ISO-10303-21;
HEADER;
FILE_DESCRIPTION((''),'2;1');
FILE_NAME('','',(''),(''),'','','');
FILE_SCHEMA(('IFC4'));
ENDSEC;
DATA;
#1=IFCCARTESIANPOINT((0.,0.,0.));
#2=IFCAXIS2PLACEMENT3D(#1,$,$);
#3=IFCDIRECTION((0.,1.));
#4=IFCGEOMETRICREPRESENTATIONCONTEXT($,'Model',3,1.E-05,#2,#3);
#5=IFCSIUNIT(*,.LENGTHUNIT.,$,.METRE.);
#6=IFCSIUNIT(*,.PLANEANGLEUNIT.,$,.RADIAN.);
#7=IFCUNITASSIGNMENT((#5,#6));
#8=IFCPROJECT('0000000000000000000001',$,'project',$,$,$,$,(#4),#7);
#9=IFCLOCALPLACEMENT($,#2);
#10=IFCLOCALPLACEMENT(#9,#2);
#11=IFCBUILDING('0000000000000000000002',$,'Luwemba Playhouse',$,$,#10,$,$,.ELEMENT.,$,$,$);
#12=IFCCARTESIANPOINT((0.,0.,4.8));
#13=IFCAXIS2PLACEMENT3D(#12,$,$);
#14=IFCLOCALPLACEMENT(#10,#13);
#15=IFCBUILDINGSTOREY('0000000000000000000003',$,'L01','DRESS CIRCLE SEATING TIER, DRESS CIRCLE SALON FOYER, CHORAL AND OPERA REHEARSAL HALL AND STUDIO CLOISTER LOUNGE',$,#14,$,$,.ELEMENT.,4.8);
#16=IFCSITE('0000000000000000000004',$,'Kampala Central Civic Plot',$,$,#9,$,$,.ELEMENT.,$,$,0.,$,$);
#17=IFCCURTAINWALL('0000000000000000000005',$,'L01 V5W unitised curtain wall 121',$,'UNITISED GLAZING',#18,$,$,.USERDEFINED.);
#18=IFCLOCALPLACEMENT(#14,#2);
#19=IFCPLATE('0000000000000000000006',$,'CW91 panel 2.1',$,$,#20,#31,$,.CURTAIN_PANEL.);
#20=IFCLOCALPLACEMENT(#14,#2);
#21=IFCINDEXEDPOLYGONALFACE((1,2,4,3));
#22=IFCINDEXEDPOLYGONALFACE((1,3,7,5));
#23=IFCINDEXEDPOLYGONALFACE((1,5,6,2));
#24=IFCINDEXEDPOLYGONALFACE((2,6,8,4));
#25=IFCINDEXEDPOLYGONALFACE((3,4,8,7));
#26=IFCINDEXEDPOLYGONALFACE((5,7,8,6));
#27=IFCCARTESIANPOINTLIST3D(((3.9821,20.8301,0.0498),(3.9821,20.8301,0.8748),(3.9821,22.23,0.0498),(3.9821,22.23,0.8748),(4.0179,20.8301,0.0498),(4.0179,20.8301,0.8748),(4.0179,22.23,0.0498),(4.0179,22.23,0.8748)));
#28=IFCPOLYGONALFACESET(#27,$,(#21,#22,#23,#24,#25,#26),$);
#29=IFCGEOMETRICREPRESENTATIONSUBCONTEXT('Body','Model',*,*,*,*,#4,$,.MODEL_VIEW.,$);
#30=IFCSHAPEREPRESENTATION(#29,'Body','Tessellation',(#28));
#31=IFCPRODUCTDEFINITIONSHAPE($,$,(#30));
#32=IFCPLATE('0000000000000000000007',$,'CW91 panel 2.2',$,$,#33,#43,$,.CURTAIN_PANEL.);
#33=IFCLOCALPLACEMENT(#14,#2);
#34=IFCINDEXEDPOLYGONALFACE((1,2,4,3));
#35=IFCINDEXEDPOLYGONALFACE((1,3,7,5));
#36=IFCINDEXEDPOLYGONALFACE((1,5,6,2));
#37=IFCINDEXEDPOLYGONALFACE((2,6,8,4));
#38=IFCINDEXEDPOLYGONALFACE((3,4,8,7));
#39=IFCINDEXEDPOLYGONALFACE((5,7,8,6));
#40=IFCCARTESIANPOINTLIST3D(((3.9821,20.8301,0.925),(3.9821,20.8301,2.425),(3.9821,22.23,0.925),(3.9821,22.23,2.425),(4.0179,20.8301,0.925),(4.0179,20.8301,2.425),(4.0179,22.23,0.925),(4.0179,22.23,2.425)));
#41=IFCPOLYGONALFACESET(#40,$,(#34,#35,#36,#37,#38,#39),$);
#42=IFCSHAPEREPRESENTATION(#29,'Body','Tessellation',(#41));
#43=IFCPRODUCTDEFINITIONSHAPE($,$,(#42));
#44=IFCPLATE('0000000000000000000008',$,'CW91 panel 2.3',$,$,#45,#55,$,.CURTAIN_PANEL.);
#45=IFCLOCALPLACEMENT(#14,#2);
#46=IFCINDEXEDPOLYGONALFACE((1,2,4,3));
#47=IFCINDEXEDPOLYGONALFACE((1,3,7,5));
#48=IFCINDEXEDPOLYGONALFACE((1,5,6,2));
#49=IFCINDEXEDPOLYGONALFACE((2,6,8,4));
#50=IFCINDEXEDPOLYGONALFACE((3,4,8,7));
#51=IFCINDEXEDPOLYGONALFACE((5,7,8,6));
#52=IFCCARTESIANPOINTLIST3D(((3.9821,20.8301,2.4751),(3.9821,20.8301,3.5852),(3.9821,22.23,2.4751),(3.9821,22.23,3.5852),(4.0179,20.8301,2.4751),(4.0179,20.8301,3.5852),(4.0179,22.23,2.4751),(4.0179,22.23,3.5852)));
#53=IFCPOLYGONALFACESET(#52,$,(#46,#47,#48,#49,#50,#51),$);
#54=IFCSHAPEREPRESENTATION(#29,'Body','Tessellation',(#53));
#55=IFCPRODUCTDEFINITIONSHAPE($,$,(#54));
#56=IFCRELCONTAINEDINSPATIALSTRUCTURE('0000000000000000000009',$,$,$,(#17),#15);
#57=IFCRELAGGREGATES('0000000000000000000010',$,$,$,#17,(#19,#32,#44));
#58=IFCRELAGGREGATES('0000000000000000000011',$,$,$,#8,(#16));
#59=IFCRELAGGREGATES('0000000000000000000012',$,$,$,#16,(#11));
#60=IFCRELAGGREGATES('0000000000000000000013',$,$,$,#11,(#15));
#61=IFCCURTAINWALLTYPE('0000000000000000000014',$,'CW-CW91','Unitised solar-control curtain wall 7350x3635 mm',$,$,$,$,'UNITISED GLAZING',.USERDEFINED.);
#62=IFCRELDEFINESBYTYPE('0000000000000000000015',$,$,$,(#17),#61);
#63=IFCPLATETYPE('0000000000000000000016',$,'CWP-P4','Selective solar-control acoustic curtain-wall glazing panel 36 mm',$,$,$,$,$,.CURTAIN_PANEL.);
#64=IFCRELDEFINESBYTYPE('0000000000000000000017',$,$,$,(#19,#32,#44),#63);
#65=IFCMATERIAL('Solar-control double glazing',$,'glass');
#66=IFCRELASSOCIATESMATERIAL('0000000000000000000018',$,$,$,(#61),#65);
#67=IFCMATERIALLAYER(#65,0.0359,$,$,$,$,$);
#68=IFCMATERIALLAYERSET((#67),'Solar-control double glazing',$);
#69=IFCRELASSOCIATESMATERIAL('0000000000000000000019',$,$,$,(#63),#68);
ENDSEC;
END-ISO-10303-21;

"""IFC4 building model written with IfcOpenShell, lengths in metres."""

from ifc_helpers import new_model, si_unit, direction, frame, origin, origin_2d, place, context, subcontext, project, spatial, rectangle, extrude, material, layer, layer_set, type_object, element, aggregate, save


model = new_model("IFC4")

# Units and contexts
model_context = context("Model", 3, precision=1e-05, world=origin(), true_north=direction((0.0, 1.0)))
body_context = subcontext(model_context, "Body", "Model", "MODEL_VIEW")
ifc_project = project(units=[si_unit("LENGTHUNIT", "METRE"), si_unit("PLANEANGLEUNIT", "RADIAN")], contexts=[model_context])

# Site, building, storey
site_placement = place(None, origin())
site = spatial("IfcSite", under=ifc_project, at=site_placement, Name="Kampala Central Civic Plot", CompositionType="ELEMENT", RefElevation=0.0)
building_placement = place(site_placement, origin())
building = spatial("IfcBuilding", under=site, at=building_placement, Name="Luwemba Playhouse", CompositionType="ELEMENT")
storey_placement = place(building_placement, frame((0.0, 0.0, 4.8)))
storey = spatial("IfcBuildingStorey", under=building, at=storey_placement, Name="L01", Description="DRESS CIRCLE SEATING TIER, DRESS CIRCLE SALON FOYER, CHORAL AND OPERA REHEARSAL HALL AND STUDIO CLOISTER LOUNGE", CompositionType="ELEMENT", Elevation=4.8)

# Curtain wall
ifc_material_1 = material(Name="Solar-control double glazing", Category="glass")
curtain_wall_type_1 = type_object("IfcCurtainWallType", Name="CW-CW91", Description="Unitised solar-control curtain wall 7350x3635 mm", ElementType="UNITISED GLAZING", PredefinedType="USERDEFINED", material=ifc_material_1)
curtain_wall_1_placement = place(storey_placement, origin())
curtain_wall_1 = element("IfcCurtainWall", 1, at=curtain_wall_1_placement, inside=storey, type_object=curtain_wall_type_1, Name="L01 V5W unitised curtain wall 121", ObjectType="UNITISED GLAZING", PredefinedType="USERDEFINED")

# Plates
ifc_layer_1 = layer(ifc_material_1, 0.0359)
ifc_layer_set_1 = layer_set([ifc_layer_1], Name="Solar-control double glazing")
plate_type_1 = type_object("IfcPlateType", Name="CWP-P4", Description="Selective solar-control acoustic curtain-wall glazing panel 36 mm", PredefinedType="CURTAIN_PANEL", material=ifc_layer_set_1)
plate_1_placement = place(storey_placement, frame((4.0, 21.53, 0.0498), z_axis=(0.0, 0.0, 1.0), x_axis=(0.0, 1.0, 0.0)))
plate_1 = element("IfcPlate", 2, at=plate_1_placement, type_object=plate_type_1, Name="CW91 panel 2.1", PredefinedType="CURTAIN_PANEL", context=body_context, shape_type="SweptSolid", body=[
    extrude(rectangle(XDim=1.3999, YDim=0.0359, at=origin_2d()), origin(), (0.0, 0.0, 1.0), 0.825),
])
plate_2_placement = place(storey_placement, frame((4.0, 21.53, 0.925), z_axis=(0.0, 0.0, 1.0), x_axis=(0.0, 1.0, 0.0)))
plate_2 = element("IfcPlate", 3, at=plate_2_placement, type_object=plate_type_1, Name="CW91 panel 2.2", PredefinedType="CURTAIN_PANEL", context=body_context, shape_type="SweptSolid", body=[
    extrude(rectangle(XDim=1.3999, YDim=0.0359, at=origin_2d()), origin(), (0.0, 0.0, 1.0), 1.5),
])
plate_3_placement = place(storey_placement, frame((4.0, 21.53, 2.4751), z_axis=(0.0, 0.0, 1.0), x_axis=(0.0, 1.0, 0.0)))
plate_3 = element("IfcPlate", 4, at=plate_3_placement, type_object=plate_type_1, Name="CW91 panel 2.3", PredefinedType="CURTAIN_PANEL", context=body_context, shape_type="SweptSolid", body=[
    extrude(rectangle(XDim=1.3999, YDim=0.0359, at=origin_2d()), origin(), (0.0, 0.0, 1.0), 1.1101),
])
aggregate(curtain_wall_1, [plate_1, plate_2, plate_3])

save(model, "model.ifc")
